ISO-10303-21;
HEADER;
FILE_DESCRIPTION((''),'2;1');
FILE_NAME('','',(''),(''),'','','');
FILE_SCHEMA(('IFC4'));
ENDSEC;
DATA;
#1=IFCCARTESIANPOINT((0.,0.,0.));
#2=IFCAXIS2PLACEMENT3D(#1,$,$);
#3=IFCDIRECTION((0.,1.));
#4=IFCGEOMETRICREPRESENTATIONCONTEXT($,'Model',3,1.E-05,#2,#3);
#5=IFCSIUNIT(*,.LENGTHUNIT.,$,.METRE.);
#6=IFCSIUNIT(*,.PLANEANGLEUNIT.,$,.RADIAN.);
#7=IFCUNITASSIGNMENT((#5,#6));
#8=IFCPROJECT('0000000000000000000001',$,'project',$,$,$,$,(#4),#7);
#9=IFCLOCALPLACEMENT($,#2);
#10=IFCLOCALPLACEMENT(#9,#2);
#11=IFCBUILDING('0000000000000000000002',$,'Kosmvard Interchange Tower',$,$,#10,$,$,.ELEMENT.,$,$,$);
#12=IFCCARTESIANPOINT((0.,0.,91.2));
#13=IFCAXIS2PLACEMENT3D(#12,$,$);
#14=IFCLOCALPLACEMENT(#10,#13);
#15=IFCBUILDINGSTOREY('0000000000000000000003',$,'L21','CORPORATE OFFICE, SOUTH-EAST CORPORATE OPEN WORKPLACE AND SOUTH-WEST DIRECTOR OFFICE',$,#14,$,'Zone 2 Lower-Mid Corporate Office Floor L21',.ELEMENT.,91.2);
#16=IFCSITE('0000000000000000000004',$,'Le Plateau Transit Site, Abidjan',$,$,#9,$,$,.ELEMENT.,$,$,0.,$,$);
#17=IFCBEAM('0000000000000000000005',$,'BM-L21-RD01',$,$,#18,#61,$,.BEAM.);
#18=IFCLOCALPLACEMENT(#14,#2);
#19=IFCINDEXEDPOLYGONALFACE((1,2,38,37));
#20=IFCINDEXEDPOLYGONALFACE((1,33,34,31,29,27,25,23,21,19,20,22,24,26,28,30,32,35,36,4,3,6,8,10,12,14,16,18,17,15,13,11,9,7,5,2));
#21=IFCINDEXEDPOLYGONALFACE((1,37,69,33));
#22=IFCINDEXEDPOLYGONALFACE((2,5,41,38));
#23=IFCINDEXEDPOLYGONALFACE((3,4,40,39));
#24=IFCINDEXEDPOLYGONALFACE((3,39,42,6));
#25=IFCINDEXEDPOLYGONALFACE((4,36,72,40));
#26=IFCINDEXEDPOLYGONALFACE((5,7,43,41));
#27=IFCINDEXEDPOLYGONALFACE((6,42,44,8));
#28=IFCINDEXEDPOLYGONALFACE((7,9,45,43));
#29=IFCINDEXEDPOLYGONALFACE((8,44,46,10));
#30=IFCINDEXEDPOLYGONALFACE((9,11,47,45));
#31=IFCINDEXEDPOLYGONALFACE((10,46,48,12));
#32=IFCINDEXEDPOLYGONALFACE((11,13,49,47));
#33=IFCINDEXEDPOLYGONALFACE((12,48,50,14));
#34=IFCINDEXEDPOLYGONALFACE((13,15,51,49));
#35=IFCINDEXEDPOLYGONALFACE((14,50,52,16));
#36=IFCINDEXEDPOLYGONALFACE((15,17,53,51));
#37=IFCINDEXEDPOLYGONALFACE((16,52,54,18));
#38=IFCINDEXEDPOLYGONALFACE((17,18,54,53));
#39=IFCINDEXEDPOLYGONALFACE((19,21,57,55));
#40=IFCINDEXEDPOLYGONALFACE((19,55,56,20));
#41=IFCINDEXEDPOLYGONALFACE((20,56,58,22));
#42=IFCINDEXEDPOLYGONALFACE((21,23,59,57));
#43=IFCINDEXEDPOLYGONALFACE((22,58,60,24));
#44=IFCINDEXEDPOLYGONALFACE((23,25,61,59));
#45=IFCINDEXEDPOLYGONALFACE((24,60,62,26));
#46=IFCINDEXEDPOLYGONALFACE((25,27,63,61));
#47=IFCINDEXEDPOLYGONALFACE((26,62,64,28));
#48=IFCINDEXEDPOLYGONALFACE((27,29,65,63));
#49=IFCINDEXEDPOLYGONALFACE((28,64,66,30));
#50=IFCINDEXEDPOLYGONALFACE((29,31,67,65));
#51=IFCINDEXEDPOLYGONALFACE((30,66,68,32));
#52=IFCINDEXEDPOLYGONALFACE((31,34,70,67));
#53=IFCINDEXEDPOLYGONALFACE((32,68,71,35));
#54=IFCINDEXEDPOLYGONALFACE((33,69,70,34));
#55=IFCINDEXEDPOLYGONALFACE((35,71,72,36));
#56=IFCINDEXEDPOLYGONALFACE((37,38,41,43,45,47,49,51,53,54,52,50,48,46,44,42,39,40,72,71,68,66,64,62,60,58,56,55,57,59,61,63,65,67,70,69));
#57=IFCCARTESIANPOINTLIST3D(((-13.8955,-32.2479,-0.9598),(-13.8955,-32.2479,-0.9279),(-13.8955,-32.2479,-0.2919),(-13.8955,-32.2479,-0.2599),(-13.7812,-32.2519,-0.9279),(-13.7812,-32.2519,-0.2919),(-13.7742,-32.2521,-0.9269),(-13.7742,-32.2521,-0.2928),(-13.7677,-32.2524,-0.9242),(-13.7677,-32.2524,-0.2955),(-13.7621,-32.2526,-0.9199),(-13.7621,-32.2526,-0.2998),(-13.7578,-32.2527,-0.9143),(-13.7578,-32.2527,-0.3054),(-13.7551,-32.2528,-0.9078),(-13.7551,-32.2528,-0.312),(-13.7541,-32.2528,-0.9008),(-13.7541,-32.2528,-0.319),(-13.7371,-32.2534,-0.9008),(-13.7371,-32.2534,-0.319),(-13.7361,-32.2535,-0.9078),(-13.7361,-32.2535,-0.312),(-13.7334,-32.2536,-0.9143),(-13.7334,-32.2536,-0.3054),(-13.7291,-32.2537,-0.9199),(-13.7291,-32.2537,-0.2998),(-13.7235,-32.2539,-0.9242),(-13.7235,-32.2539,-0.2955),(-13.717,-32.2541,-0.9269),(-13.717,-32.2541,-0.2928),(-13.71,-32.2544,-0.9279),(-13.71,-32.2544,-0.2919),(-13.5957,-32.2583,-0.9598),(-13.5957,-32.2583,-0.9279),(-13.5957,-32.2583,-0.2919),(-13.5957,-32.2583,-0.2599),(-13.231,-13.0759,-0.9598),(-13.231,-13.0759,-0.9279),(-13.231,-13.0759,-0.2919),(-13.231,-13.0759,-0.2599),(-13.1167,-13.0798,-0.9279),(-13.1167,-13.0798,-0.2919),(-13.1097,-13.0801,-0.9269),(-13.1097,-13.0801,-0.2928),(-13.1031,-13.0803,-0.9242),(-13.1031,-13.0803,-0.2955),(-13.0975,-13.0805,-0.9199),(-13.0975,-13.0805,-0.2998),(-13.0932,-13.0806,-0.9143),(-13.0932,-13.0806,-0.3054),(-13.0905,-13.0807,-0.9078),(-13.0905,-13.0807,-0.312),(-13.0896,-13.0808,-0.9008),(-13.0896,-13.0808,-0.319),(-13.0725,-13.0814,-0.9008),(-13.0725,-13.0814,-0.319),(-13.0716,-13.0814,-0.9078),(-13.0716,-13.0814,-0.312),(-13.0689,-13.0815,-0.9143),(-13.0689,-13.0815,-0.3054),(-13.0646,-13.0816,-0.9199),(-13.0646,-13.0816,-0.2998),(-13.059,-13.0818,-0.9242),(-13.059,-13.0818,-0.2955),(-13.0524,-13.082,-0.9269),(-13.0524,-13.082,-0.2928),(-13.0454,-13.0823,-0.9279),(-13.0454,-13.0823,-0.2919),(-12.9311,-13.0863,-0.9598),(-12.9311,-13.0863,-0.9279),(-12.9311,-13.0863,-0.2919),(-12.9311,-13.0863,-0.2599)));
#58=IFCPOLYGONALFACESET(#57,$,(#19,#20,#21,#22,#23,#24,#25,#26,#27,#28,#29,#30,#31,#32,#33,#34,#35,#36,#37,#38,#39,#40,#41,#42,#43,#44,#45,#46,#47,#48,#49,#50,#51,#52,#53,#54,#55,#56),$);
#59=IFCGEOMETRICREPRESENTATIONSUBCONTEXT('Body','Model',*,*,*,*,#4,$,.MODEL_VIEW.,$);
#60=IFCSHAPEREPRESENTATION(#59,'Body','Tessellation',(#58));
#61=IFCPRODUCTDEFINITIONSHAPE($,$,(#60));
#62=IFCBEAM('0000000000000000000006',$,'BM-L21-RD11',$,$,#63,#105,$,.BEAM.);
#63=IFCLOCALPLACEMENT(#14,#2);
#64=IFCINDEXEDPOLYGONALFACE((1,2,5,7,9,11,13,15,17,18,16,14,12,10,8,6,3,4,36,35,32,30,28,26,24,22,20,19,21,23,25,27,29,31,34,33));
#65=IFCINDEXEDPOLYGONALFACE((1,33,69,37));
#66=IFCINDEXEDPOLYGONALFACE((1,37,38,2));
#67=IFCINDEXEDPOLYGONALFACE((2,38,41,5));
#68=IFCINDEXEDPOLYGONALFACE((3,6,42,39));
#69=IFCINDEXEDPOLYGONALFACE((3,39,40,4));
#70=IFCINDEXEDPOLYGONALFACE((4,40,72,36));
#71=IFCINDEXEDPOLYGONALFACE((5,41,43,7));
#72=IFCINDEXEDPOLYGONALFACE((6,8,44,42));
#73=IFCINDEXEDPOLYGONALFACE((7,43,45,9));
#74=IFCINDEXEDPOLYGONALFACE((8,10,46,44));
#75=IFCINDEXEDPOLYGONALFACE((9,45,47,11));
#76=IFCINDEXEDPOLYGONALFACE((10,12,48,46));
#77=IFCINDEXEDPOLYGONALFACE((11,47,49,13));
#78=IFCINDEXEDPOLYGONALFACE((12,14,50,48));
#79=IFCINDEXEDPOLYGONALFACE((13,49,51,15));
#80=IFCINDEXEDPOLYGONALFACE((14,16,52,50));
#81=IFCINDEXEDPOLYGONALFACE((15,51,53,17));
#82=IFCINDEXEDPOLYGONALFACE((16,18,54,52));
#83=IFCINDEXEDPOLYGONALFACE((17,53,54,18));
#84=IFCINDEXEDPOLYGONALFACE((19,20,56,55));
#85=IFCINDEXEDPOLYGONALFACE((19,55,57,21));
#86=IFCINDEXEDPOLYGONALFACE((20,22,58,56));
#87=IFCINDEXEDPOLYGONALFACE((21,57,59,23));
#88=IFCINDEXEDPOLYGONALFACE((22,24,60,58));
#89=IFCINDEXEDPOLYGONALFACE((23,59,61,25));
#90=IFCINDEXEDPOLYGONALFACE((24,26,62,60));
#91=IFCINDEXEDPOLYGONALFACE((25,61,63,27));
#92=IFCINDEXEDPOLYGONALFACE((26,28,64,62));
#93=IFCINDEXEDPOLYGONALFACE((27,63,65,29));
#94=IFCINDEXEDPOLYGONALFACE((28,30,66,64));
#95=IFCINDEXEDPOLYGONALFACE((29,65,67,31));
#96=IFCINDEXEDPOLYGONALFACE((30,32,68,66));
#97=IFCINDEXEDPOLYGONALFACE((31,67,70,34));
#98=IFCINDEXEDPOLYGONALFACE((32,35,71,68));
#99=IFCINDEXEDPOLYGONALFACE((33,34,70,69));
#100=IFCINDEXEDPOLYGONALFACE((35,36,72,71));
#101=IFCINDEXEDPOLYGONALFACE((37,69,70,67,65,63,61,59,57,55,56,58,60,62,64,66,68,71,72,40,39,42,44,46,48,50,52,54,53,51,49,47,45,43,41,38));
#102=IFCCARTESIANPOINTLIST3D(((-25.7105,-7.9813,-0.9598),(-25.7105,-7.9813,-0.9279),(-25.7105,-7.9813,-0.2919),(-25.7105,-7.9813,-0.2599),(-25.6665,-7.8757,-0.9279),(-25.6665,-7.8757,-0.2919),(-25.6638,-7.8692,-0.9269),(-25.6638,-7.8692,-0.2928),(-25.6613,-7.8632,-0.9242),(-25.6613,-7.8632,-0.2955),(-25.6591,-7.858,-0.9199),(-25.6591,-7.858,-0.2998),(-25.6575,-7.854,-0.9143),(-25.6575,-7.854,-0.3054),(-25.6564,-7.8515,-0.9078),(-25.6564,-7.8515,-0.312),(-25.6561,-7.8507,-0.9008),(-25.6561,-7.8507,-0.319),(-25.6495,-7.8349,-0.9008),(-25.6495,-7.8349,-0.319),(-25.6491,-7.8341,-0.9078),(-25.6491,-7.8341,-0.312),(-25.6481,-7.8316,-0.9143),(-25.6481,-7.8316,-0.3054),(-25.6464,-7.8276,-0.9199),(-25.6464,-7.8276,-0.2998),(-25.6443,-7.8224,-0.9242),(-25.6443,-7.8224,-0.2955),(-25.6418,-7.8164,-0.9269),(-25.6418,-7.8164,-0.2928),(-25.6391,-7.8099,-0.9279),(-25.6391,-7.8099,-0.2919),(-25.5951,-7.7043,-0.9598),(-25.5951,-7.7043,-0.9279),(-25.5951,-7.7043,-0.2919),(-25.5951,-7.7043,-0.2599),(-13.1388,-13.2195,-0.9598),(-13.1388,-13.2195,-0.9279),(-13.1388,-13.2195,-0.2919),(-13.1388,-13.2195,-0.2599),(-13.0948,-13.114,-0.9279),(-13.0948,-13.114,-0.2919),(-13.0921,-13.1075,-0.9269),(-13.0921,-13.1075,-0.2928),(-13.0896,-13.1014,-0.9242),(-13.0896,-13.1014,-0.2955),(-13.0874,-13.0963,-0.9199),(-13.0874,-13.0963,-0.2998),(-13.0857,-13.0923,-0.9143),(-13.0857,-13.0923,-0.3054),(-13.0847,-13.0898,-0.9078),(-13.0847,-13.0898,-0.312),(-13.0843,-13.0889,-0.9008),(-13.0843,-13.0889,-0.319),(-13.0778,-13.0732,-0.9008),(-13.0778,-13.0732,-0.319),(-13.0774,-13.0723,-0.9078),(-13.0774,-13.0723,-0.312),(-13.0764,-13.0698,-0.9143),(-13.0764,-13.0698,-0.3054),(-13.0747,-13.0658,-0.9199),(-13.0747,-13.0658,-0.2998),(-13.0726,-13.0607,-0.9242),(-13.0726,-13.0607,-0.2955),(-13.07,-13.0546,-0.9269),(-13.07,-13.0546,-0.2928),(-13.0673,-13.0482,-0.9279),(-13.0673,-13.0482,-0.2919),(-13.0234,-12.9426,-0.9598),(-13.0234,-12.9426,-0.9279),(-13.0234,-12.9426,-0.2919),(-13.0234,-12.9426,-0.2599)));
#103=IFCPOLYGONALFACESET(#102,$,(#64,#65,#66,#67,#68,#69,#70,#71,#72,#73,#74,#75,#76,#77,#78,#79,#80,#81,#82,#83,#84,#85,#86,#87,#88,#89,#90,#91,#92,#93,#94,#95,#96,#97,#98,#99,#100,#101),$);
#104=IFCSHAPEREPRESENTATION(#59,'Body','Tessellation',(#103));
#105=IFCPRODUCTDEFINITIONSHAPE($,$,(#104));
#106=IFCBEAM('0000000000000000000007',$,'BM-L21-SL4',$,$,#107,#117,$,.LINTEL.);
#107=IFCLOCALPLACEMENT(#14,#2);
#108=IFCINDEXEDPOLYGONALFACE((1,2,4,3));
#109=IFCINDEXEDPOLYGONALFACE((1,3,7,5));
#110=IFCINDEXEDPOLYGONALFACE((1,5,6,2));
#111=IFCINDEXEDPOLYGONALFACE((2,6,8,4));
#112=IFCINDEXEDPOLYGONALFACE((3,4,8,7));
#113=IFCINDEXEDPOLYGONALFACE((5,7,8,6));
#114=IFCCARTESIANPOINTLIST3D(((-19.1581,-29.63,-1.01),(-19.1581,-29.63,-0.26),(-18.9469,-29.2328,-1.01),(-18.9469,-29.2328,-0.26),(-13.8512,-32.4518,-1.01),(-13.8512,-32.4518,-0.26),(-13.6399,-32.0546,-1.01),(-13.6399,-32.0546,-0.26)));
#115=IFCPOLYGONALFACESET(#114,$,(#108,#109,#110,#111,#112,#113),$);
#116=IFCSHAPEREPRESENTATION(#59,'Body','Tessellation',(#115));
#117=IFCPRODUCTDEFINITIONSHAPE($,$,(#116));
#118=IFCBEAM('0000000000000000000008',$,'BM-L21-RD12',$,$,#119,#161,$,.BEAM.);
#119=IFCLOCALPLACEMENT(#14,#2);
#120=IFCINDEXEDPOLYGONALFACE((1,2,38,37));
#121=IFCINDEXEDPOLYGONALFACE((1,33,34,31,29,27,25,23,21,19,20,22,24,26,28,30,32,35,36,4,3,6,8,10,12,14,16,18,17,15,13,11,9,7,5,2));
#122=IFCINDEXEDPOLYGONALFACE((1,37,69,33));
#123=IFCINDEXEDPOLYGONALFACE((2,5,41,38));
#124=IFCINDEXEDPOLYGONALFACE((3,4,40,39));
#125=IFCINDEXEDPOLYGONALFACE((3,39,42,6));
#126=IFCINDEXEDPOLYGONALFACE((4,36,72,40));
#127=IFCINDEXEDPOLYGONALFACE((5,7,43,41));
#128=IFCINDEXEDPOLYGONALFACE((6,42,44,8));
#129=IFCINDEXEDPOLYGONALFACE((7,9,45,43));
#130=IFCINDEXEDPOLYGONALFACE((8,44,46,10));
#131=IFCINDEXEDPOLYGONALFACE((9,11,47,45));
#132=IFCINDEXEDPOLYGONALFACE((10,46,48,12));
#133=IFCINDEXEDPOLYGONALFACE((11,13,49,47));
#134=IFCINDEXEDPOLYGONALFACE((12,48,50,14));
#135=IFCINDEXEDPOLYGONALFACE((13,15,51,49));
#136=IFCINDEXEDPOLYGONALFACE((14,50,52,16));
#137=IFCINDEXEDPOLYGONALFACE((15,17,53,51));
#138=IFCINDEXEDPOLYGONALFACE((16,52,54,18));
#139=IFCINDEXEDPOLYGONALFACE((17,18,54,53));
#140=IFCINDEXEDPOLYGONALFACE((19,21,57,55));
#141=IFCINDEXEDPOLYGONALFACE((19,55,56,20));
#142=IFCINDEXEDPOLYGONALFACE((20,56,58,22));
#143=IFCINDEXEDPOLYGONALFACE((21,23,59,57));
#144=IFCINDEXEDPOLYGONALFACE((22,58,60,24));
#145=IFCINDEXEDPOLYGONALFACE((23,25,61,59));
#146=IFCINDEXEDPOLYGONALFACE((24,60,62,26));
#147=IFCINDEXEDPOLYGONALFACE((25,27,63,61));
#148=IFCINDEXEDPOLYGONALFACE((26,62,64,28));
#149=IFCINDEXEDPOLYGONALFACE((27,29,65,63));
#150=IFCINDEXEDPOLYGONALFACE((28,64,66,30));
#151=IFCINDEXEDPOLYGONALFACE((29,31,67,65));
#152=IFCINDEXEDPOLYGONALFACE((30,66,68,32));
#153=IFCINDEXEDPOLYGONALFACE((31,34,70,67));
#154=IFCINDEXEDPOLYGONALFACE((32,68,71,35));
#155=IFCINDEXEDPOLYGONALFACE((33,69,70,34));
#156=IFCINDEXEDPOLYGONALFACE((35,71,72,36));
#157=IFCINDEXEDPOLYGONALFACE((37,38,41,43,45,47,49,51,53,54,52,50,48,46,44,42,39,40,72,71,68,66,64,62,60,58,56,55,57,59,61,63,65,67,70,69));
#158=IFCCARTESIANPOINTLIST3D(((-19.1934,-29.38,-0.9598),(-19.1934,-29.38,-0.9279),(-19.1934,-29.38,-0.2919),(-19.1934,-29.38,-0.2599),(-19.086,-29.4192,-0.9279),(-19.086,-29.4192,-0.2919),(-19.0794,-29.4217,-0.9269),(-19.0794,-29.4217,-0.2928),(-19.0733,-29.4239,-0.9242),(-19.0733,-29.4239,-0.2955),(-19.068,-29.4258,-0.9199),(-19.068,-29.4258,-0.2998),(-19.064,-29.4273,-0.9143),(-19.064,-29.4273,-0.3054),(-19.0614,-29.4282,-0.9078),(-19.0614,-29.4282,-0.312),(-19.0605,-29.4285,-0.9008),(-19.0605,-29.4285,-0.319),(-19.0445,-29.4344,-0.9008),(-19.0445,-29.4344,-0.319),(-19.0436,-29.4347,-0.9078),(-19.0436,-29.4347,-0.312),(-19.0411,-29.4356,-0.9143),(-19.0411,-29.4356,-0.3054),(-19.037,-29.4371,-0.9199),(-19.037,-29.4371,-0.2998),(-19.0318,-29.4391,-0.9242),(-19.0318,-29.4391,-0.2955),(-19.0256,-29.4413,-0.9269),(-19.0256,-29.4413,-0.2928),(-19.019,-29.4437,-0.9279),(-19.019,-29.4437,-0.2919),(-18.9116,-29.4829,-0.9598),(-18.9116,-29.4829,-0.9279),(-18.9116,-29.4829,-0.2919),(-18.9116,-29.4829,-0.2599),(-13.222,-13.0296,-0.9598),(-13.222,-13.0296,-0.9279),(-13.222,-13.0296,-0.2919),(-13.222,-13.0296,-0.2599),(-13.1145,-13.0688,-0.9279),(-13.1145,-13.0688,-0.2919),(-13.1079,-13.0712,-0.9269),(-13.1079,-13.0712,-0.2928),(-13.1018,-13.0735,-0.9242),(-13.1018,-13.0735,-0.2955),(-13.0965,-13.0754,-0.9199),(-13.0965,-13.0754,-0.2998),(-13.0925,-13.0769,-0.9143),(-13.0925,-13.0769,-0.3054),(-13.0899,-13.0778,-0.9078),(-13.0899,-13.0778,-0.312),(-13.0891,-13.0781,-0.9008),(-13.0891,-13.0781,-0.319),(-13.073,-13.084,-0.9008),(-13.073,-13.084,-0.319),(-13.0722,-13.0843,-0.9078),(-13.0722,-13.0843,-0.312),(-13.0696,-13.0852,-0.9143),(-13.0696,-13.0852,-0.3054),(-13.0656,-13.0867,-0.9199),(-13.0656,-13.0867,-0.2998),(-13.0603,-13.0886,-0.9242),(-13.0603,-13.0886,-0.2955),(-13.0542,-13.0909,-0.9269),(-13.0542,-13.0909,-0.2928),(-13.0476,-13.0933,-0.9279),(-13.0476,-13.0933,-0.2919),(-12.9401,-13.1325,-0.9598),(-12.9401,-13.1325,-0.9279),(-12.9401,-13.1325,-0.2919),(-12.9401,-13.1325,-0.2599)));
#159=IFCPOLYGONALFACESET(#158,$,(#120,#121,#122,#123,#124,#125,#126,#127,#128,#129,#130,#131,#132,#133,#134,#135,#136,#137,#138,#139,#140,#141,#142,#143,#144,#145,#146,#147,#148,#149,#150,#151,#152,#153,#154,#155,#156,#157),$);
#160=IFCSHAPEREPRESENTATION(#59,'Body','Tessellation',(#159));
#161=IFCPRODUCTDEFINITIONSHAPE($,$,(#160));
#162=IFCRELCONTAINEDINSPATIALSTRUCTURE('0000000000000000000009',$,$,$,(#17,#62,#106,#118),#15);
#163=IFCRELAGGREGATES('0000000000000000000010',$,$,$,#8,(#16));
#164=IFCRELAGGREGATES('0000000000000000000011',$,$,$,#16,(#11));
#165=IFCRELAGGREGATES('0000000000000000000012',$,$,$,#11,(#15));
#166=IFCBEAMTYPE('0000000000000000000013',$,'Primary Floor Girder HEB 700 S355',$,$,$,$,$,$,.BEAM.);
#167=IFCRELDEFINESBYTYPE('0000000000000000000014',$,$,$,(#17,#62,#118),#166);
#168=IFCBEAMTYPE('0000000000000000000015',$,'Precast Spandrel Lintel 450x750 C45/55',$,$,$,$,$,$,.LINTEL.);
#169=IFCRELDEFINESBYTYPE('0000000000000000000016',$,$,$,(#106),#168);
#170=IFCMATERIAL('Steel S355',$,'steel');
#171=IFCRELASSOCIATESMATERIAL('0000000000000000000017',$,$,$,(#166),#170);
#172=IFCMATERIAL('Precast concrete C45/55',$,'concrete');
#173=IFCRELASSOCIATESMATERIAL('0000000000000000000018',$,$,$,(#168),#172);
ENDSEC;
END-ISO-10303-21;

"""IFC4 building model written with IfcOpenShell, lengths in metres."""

from ifc_helpers import new_model, si_unit, direction, frame, origin, origin_2d, place, context, subcontext, project, spatial, rectangle, i_section, extrude, source, transform, mapped, material, material_profile, profile_set, type_object, element, save


model = new_model("IFC4")

# Units and contexts
model_context = context("Model", 3, precision=1e-05, world=origin(), true_north=direction((0.0, 1.0)))
body_context = subcontext(model_context, "Body", "Model", "MODEL_VIEW")
ifc_project = project(units=[si_unit("LENGTHUNIT", "METRE"), si_unit("PLANEANGLEUNIT", "RADIAN")], contexts=[model_context])

# Site, building, storey
site_placement = place(None, origin())
site = spatial("IfcSite", under=ifc_project, at=site_placement, Name="Le Plateau Transit Site, Abidjan", CompositionType="ELEMENT", RefElevation=0.0)
building_placement = place(site_placement, origin())
building = spatial("IfcBuilding", under=site, at=building_placement, Name="Kosmvard Interchange Tower", CompositionType="ELEMENT")
storey_placement = place(building_placement, frame((0.0, 0.0, 91.2)))
storey = spatial("IfcBuildingStorey", under=building, at=storey_placement, Name="L21", Description="CORPORATE OFFICE, SOUTH-EAST CORPORATE OPEN WORKPLACE AND SOUTH-WEST DIRECTOR OFFICE", LongName="Zone 2 Lower-Mid Corporate Office Floor L21", CompositionType="ELEMENT", Elevation=91.2)

# Beams
ifc_material_1 = material(Name="Steel S355", Category="steel")
ifc_material_profile_1 = material_profile(ifc_material_1, i_section(OverallWidth=0.3, OverallDepth=0.7, WebThickness=0.0171, FlangeThickness=0.032, FilletRadius=0.0271, at=origin_2d()), Name="HEB 700")
ifc_profile_set_1 = profile_set([ifc_material_profile_1], Name="Steel S355")
beam_type_1 = type_object("IfcBeamType", Name="Primary Floor Girder HEB 700 S355", PredefinedType="BEAM", material=ifc_profile_set_1)
shared_shape_1 = source(origin(), body_context, "Body", "SweptSolid", [
    extrude(i_section(OverallWidth=0.3, OverallDepth=0.7, WebThickness=0.0171, FlangeThickness=0.032, FilletRadius=0.0271, at=origin_2d()), origin(), (0.0, 0.0, 1.0), 19.1836),
])
beam_1_placement = place(storey_placement, frame((-13.0811, -13.0811, -0.6099), z_axis=(-0.034642, -0.9994, 0.0), x_axis=(0.9994, -0.034642, 0.0)))
element("IfcBeam", 1, at=beam_1_placement, inside=storey, type_object=beam_type_1, Name="BM-L21-RD01", PredefinedType="BEAM", context=body_context, shape_type="MappedRepresentation", body=[
    mapped(shared_shape_1, transform((0.0, 0.0, 0.0), scale=1.0)),
])
shared_shape_2 = source(origin(), body_context, "Body", "SweptSolid", [
    extrude(i_section(OverallWidth=0.3, OverallDepth=0.7, WebThickness=0.0171, FlangeThickness=0.032, FilletRadius=0.0271, at=origin_2d()), origin(), (0.0, 0.0, 1.0), 13.6194),
])
beam_2_placement = place(storey_placement, frame((-13.0811, -13.0811, -0.6099), z_axis=(-0.923076, 0.384618, 0.0), x_axis=(-0.384618, -0.923076, 0.0)))
element("IfcBeam", 2, at=beam_2_placement, inside=storey, type_object=beam_type_1, Name="BM-L21-RD11", PredefinedType="BEAM", context=body_context, shape_type="MappedRepresentation", body=[
    mapped(shared_shape_2, transform((0.0, 0.0, 0.0), scale=1.0)),
])
ifc_material_2 = material(Name="Precast concrete C45/55", Category="concrete")
ifc_material_profile_2 = material_profile(ifc_material_2, rectangle(XDim=0.45, YDim=0.75, at=origin_2d()), Name="SL 450x750")
ifc_profile_set_2 = profile_set([ifc_material_profile_2], Name="Precast concrete C45/55")
beam_type_2 = type_object("IfcBeamType", Name="Precast Spandrel Lintel 450x750 C45/55", PredefinedType="LINTEL", material=ifc_profile_set_2)
shared_shape_3 = source(origin(), body_context, "Body", "SweptSolid", [
    extrude(rectangle(XDim=0.45, YDim=0.75, at=origin_2d()), origin(), (0.0, 0.0, 1.0), 6.0105),
])
beam_3_placement = place(storey_placement, frame((-19.0525, -29.4314, -0.635), z_axis=(0.882944, -0.469479, 0.0), x_axis=(0.469479, 0.882944, 0.0)))
element("IfcBeam", 3, at=beam_3_placement, inside=storey, type_object=beam_type_2, Name="BM-L21-SL4", PredefinedType="LINTEL", context=body_context, shape_type="MappedRepresentation", body=[
    mapped(shared_shape_3, transform((0.0, 0.0, 0.0), scale=1.0)),
])
shared_shape_4 = source(origin(), body_context, "Body", "SweptSolid", [
    extrude(i_section(OverallWidth=0.3, OverallDepth=0.7, WebThickness=0.0171, FlangeThickness=0.032, FilletRadius=0.0271, at=origin_2d()), origin(), (0.0, 0.0, 1.0), 17.4067),
])
beam_4_placement = place(storey_placement, frame((-13.0811, -13.0811, -0.6099), z_axis=(-0.343055, -0.939315, 0.0), x_axis=(0.939315, -0.343055, 0.0)))
element("IfcBeam", 4, at=beam_4_placement, inside=storey, type_object=beam_type_1, Name="BM-L21-RD12", PredefinedType="BEAM", context=body_context, shape_type="MappedRepresentation", body=[
    mapped(shared_shape_4, transform((0.0, 0.0, 0.0), scale=1.0)),
])

save(model, "model.ifc")
